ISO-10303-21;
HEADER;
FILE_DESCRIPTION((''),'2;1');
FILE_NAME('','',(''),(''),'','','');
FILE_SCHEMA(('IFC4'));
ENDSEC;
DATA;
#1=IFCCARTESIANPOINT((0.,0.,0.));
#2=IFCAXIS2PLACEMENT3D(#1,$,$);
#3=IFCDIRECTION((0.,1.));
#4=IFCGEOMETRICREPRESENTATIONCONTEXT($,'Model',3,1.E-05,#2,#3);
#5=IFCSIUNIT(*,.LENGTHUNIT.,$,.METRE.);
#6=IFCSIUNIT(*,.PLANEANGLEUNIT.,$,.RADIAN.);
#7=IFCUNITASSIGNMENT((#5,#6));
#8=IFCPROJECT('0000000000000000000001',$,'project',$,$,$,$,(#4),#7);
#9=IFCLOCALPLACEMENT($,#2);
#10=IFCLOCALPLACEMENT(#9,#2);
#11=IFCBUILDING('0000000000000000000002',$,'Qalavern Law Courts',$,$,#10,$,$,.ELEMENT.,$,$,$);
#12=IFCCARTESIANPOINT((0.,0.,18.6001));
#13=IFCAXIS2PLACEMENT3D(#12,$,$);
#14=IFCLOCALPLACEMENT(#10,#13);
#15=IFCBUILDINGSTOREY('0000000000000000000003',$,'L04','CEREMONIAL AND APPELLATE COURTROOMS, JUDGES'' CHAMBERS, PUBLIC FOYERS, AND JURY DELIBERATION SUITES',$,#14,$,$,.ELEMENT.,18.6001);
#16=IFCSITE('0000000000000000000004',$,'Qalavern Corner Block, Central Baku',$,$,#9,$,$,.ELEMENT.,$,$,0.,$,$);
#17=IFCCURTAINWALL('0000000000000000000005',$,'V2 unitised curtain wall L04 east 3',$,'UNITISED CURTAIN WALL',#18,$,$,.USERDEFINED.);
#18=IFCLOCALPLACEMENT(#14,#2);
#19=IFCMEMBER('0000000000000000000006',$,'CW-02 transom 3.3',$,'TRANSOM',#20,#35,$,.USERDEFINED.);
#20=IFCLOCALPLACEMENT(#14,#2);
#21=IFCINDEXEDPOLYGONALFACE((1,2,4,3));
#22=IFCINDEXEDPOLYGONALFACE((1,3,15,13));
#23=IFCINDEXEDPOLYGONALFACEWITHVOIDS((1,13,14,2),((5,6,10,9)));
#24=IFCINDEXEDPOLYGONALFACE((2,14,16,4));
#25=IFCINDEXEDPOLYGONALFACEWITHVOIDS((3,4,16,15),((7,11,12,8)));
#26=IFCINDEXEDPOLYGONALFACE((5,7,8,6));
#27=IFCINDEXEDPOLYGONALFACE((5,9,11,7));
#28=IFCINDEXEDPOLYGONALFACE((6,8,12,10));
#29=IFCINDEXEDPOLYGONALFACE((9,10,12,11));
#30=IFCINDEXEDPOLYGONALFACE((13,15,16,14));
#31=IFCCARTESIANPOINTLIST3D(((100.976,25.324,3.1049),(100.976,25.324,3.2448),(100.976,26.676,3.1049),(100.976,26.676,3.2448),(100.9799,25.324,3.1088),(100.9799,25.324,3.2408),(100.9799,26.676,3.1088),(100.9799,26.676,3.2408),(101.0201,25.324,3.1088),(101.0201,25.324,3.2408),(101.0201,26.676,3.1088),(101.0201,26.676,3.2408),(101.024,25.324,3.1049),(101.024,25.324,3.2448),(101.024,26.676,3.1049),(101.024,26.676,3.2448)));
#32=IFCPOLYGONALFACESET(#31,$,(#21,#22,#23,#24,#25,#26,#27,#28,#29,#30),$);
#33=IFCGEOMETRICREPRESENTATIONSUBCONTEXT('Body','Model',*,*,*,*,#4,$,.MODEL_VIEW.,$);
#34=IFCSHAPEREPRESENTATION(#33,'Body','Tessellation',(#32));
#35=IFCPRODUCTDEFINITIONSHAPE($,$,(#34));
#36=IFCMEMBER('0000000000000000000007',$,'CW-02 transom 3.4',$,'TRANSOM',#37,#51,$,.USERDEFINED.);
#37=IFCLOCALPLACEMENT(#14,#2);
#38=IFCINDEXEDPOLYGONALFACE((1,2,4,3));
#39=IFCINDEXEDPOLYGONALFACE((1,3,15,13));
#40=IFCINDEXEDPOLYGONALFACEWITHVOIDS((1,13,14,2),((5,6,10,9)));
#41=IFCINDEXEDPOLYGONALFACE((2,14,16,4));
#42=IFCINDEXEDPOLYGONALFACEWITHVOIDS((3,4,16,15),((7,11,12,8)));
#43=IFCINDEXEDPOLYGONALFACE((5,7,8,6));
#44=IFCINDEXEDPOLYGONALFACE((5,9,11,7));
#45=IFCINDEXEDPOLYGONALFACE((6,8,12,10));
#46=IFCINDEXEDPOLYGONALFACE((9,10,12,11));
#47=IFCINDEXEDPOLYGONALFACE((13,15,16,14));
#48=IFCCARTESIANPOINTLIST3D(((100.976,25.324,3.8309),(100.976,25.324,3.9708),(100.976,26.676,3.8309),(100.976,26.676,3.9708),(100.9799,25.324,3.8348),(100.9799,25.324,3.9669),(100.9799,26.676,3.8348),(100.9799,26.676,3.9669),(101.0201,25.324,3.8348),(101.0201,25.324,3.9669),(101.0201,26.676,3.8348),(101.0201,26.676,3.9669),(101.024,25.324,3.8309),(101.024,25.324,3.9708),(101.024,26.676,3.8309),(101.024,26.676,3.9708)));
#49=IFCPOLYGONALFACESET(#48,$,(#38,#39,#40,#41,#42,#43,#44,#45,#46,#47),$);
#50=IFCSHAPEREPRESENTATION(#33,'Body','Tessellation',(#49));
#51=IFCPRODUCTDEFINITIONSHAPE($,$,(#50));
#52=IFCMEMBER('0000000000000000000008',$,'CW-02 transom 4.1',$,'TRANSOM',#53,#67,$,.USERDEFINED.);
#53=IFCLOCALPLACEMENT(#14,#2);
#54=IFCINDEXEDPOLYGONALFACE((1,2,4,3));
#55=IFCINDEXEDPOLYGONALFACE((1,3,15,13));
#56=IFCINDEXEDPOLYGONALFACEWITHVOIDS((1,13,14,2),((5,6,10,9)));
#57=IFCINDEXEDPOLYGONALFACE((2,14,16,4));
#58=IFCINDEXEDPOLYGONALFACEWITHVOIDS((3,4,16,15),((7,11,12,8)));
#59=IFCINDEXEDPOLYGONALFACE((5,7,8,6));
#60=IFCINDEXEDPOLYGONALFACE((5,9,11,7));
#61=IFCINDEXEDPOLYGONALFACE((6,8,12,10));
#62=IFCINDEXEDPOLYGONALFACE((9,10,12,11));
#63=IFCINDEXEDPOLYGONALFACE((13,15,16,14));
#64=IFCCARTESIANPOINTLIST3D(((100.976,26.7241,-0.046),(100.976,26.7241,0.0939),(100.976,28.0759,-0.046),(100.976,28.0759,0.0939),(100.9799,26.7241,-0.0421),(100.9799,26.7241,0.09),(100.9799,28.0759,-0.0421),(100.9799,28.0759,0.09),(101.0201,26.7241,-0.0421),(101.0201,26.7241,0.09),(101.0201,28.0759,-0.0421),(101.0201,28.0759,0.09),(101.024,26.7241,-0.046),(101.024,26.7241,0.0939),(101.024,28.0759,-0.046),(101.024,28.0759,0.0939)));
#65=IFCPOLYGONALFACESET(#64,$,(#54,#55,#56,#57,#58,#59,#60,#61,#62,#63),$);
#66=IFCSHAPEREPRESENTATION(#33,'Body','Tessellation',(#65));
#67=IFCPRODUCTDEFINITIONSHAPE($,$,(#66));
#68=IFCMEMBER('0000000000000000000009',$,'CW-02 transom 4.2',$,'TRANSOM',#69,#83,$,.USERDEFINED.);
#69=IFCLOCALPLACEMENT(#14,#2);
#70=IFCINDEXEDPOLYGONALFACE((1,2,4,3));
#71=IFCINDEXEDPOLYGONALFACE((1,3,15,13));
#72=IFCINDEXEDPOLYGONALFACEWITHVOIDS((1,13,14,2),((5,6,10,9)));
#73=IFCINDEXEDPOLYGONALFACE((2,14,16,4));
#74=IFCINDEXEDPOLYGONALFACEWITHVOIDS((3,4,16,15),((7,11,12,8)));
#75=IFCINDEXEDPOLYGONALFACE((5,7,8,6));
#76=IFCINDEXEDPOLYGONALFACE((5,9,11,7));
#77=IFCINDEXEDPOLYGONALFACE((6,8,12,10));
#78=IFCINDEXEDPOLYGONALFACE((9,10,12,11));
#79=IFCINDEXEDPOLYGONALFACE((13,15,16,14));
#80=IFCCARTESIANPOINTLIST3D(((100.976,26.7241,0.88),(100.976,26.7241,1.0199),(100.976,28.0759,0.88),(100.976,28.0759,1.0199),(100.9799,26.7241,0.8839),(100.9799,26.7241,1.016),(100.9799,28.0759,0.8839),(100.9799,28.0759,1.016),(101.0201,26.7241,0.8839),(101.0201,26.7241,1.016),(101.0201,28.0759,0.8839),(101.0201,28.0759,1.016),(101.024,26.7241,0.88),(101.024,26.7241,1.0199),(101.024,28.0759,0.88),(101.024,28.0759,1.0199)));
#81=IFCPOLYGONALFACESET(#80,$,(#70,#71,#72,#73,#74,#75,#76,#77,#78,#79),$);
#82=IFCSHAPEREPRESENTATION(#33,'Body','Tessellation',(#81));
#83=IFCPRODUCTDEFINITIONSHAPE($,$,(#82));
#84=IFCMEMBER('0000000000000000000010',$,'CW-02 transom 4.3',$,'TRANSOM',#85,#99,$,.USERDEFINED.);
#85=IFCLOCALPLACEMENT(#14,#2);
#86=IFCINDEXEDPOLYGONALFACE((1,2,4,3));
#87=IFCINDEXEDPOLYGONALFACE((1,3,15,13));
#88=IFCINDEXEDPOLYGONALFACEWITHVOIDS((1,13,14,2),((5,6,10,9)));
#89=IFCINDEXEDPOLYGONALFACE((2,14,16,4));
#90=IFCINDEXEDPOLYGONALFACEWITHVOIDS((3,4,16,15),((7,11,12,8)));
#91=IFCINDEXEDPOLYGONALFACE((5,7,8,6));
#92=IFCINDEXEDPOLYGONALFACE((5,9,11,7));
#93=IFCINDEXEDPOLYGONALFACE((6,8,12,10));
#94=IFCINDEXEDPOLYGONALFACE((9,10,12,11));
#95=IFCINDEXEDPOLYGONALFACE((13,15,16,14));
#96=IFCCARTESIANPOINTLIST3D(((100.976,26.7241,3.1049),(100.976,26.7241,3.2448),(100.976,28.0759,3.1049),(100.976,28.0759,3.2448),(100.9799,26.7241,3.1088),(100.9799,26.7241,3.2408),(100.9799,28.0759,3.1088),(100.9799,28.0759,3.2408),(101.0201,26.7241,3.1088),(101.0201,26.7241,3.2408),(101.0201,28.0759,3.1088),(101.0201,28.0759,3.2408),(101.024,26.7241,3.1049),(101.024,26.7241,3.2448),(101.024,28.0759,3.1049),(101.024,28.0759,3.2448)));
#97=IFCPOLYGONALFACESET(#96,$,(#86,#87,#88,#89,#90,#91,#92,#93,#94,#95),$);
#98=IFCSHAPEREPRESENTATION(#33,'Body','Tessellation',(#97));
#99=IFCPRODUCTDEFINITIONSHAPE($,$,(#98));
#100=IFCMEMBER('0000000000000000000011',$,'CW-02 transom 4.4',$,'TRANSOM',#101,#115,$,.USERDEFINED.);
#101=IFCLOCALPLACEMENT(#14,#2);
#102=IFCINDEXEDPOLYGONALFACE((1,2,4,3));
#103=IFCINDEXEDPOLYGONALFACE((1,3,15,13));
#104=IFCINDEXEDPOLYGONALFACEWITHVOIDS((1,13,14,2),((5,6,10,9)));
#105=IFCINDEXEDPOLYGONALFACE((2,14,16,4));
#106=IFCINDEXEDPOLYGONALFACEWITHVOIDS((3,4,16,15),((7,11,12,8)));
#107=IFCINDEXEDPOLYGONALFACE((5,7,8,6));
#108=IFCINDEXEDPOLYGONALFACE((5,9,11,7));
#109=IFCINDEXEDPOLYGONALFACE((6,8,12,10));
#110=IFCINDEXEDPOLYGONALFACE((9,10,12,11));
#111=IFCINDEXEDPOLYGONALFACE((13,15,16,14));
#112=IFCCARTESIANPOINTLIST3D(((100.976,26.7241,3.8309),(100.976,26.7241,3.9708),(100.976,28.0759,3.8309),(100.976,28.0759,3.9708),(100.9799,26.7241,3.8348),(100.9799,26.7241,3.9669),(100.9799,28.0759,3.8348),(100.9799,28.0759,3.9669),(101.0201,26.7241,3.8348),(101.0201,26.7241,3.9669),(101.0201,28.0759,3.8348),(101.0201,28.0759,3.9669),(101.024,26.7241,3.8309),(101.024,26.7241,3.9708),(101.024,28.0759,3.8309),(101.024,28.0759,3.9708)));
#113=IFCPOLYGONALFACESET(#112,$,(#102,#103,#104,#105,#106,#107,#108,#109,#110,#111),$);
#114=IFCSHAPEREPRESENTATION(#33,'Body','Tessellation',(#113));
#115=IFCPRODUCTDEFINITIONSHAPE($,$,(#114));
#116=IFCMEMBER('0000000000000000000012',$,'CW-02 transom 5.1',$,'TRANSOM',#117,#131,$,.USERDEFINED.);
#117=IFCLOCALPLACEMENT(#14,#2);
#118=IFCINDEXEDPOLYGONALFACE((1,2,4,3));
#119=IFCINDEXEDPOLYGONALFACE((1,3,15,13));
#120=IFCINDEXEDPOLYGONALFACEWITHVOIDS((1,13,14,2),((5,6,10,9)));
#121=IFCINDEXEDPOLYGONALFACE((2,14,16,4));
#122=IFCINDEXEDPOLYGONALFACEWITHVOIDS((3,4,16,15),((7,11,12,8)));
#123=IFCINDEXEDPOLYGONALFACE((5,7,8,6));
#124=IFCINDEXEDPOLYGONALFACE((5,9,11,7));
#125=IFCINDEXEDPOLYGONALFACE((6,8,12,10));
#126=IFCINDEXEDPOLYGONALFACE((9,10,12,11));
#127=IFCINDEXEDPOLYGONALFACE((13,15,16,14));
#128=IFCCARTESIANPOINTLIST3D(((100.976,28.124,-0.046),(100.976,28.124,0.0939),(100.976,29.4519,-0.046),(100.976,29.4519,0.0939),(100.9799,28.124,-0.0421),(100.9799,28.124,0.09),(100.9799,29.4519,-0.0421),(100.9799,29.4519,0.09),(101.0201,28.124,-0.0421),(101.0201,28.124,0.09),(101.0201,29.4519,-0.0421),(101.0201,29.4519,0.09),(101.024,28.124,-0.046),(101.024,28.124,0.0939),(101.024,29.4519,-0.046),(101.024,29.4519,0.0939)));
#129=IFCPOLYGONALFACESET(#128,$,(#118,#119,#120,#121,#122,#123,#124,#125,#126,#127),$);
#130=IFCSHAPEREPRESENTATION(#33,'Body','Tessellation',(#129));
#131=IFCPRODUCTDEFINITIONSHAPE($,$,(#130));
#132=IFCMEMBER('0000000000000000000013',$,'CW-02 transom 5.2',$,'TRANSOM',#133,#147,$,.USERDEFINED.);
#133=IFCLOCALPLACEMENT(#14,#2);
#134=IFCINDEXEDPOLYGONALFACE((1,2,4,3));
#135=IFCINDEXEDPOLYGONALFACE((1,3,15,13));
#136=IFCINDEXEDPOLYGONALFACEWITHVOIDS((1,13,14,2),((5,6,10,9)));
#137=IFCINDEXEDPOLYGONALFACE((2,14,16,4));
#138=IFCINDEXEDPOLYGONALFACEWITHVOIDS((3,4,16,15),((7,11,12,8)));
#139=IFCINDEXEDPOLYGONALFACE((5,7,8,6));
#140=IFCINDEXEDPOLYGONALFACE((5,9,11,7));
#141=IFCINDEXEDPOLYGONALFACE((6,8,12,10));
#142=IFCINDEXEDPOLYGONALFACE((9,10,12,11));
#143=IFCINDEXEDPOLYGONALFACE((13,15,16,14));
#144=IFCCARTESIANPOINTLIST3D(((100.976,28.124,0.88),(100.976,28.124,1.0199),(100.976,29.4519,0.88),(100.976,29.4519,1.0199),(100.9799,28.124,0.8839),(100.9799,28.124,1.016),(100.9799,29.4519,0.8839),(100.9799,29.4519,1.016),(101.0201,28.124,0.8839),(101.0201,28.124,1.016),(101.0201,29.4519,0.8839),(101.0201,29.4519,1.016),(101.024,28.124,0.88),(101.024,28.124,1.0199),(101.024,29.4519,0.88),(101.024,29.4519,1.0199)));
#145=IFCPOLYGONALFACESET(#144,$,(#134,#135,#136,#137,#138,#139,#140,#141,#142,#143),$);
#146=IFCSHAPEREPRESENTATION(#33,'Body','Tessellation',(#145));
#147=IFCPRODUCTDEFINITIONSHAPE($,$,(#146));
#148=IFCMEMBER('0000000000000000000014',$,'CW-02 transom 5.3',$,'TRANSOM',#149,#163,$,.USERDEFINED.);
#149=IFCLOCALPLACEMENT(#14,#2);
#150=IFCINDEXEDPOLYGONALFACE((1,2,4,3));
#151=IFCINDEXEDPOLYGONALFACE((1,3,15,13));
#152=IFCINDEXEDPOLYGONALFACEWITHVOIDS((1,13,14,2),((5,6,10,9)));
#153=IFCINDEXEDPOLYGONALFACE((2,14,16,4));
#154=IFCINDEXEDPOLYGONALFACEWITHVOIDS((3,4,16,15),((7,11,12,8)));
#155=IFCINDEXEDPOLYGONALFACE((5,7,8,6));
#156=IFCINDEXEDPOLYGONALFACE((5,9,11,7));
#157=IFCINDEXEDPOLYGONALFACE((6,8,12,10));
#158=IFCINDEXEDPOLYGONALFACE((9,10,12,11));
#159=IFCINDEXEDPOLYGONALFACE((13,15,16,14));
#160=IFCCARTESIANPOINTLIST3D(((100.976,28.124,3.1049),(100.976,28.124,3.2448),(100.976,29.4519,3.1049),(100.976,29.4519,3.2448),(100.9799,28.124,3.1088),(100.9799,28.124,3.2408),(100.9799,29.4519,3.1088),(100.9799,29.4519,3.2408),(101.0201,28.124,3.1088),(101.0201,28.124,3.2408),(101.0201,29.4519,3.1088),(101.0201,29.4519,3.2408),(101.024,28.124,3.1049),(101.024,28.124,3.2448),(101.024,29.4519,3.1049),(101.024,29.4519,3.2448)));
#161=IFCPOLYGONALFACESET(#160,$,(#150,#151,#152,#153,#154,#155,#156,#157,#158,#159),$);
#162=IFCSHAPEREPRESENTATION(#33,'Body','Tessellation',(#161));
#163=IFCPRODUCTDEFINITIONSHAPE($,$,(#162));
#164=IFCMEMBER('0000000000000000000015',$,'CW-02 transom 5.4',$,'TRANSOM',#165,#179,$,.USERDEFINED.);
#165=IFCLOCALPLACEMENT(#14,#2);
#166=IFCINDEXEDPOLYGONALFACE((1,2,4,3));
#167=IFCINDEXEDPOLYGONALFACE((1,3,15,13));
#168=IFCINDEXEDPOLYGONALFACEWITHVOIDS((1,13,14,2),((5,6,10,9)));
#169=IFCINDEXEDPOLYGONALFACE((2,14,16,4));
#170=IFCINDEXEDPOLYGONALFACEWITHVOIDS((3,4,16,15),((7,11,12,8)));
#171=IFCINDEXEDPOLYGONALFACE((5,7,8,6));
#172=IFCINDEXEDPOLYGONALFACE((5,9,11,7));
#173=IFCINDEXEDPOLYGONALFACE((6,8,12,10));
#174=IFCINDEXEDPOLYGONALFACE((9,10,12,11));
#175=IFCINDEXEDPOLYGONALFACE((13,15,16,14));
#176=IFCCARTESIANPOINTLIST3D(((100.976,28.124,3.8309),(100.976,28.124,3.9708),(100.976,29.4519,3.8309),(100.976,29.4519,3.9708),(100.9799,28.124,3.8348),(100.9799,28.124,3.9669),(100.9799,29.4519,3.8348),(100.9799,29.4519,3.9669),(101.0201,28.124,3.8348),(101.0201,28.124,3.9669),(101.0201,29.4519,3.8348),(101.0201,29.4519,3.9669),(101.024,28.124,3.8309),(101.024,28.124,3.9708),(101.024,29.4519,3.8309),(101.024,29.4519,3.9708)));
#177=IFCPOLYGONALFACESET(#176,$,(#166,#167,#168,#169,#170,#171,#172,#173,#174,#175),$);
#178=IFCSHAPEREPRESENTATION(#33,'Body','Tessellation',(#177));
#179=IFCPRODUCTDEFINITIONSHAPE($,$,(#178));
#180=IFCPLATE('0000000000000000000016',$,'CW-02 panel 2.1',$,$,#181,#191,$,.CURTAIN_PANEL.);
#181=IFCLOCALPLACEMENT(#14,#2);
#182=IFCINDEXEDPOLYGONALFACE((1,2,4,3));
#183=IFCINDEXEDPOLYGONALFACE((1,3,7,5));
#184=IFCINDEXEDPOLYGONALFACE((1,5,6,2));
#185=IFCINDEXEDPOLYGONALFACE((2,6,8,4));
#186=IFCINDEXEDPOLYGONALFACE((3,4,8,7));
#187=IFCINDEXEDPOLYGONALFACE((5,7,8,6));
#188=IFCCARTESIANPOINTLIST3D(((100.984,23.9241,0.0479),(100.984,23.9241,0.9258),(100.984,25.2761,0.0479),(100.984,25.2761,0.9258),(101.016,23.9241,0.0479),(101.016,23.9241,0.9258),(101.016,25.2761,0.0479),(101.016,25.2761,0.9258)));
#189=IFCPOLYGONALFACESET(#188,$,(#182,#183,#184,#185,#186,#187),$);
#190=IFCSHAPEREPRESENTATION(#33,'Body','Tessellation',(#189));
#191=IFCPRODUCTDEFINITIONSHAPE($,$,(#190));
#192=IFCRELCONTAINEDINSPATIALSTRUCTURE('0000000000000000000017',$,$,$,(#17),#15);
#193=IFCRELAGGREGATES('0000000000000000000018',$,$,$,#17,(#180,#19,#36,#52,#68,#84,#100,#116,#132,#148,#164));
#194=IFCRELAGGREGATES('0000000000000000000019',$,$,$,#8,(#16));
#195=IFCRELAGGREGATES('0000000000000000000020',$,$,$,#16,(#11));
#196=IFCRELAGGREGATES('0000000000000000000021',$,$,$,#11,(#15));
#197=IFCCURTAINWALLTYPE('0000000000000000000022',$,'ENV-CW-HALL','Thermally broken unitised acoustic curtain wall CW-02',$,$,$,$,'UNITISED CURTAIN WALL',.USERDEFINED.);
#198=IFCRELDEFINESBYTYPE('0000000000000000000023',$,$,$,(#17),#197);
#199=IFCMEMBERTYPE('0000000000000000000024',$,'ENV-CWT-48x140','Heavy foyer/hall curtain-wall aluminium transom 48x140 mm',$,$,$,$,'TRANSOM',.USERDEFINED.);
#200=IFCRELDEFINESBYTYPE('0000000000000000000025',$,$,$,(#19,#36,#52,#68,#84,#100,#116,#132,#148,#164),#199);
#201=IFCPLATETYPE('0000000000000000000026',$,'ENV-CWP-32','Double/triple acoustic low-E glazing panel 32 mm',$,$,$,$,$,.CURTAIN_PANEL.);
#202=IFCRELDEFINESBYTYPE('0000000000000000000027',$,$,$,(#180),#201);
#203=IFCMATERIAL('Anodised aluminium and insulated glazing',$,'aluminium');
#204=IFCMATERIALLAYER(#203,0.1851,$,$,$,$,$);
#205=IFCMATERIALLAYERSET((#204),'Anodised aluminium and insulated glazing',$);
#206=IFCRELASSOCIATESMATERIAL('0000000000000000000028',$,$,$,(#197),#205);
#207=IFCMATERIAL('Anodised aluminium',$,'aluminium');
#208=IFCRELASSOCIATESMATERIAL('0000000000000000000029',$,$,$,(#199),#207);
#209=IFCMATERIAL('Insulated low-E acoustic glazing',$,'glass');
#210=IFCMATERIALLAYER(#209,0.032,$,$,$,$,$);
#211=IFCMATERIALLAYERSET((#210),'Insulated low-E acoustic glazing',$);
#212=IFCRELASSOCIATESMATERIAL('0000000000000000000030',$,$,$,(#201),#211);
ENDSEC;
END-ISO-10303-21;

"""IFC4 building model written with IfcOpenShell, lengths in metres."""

from ifc_helpers import new_model, si_unit, direction, frame, origin, origin_2d, place, context, subcontext, project, spatial, rectangle, hollow_rectangle, extrude, material, layer, layer_set, material_profile, profile_set, type_object, element, aggregate, save


model = new_model("IFC4")

# Units and contexts
model_context = context("Model", 3, precision=1e-05, world=origin(), true_north=direction((0.0, 1.0)))
body_context = subcontext(model_context, "Body", "Model", "MODEL_VIEW")
ifc_project = project(units=[si_unit("LENGTHUNIT", "METRE"), si_unit("PLANEANGLEUNIT", "RADIAN")], contexts=[model_context])

# Site, building, storey
site_placement = place(None, origin())
site = spatial("IfcSite", under=ifc_project, at=site_placement, Name="Qalavern Corner Block, Central Baku", CompositionType="ELEMENT", RefElevation=0.0)
building_placement = place(site_placement, origin())
building = spatial("IfcBuilding", under=site, at=building_placement, Name="Qalavern Law Courts", CompositionType="ELEMENT")
storey_placement = place(building_placement, frame((0.0, 0.0, 18.6001)))
storey = spatial("IfcBuildingStorey", under=building, at=storey_placement, Name="L04", Description="CEREMONIAL AND APPELLATE COURTROOMS, JUDGES' CHAMBERS, PUBLIC FOYERS, AND JURY DELIBERATION SUITES", CompositionType="ELEMENT", Elevation=18.6001)

# Curtain wall, members, plate
ifc_material_1 = material(Name="Anodised aluminium and insulated glazing", Category="aluminium")
ifc_layer_1 = layer(ifc_material_1, 0.1851)
ifc_layer_set_1 = layer_set([ifc_layer_1], Name="Anodised aluminium and insulated glazing")
curtain_wall_type = type_object("IfcCurtainWallType", Name="ENV-CW-HALL", Description="Thermally broken unitised acoustic curtain wall CW-02", ElementType="UNITISED CURTAIN WALL", PredefinedType="USERDEFINED", material=ifc_layer_set_1)
curtain_wall_placement = place(storey_placement, origin())
curtain_wall = element("IfcCurtainWall", 1, at=curtain_wall_placement, inside=storey, type_object=curtain_wall_type, Name="V2 unitised curtain wall L04 east 3", ObjectType="UNITISED CURTAIN WALL", PredefinedType="USERDEFINED")
ifc_material_2 = material(Name="Anodised aluminium", Category="aluminium")
ifc_material_profile_1 = material_profile(ifc_material_2, hollow_rectangle(XDim=0.0481, YDim=0.1399, WallThickness=0.0039, at=origin_2d()), Name="ALU TRANSOM 48x140")
ifc_profile_set_1 = profile_set([ifc_material_profile_1], Name="Anodised aluminium")
member_type_1 = type_object("IfcMemberType", Name="ENV-CWT-48x140", Description="Heavy foyer/hall curtain-wall aluminium transom 48x140 mm", ElementType="TRANSOM", PredefinedType="USERDEFINED", material=ifc_profile_set_1)
member_1_placement = place(storey_placement, frame((101.0, 25.324, 3.1748), z_axis=(0.0, 1.0, 0.0), x_axis=(-1.0, 0.0, 0.0)))
member_1 = element("IfcMember", 2, at=member_1_placement, type_object=member_type_1, Name="CW-02 transom 3.3", ObjectType="TRANSOM", PredefinedType="USERDEFINED", context=body_context, shape_type="SweptSolid", body=[
    extrude(hollow_rectangle(XDim=0.0481, YDim=0.1399, WallThickness=0.0039, at=origin_2d()), origin(), (0.0, 0.0, 1.0), 1.3521),
])
member_2_placement = place(storey_placement, frame((101.0, 25.324, 3.9009), z_axis=(0.0, 1.0, 0.0), x_axis=(-1.0, 0.0, 0.0)))
member_2 = element("IfcMember", 3, at=member_2_placement, type_object=member_type_1, Name="CW-02 transom 3.4", ObjectType="TRANSOM", PredefinedType="USERDEFINED", context=body_context, shape_type="SweptSolid", body=[
    extrude(hollow_rectangle(XDim=0.0481, YDim=0.1399, WallThickness=0.0039, at=origin_2d()), origin(), (0.0, 0.0, 1.0), 1.3521),
])
member_3_placement = place(storey_placement, frame((101.0, 26.7241, 0.0239), z_axis=(0.0, 1.0, 0.0), x_axis=(-1.0, 0.0, 0.0)))
member_3 = element("IfcMember", 4, at=member_3_placement, type_object=member_type_1, Name="CW-02 transom 4.1", ObjectType="TRANSOM", PredefinedType="USERDEFINED", context=body_context, shape_type="SweptSolid", body=[
    extrude(hollow_rectangle(XDim=0.0481, YDim=0.1399, WallThickness=0.0039, at=origin_2d()), origin(), (0.0, 0.0, 1.0), 1.3518),
])
member_4_placement = place(storey_placement, frame((101.0, 26.7241, 0.95), z_axis=(0.0, 1.0, 0.0), x_axis=(-1.0, 0.0, 0.0)))
member_4 = element("IfcMember", 5, at=member_4_placement, type_object=member_type_1, Name="CW-02 transom 4.2", ObjectType="TRANSOM", PredefinedType="USERDEFINED", context=body_context, shape_type="SweptSolid", body=[
    extrude(hollow_rectangle(XDim=0.0481, YDim=0.1399, WallThickness=0.0039, at=origin_2d()), origin(), (0.0, 0.0, 1.0), 1.3518),
])
member_5_placement = place(storey_placement, frame((101.0, 26.7241, 3.1748), z_axis=(0.0, 1.0, 0.0), x_axis=(-1.0, 0.0, 0.0)))
member_5 = element("IfcMember", 6, at=member_5_placement, type_object=member_type_1, Name="CW-02 transom 4.3", ObjectType="TRANSOM", PredefinedType="USERDEFINED", context=body_context, shape_type="SweptSolid", body=[
    extrude(hollow_rectangle(XDim=0.0481, YDim=0.1399, WallThickness=0.0039, at=origin_2d()), origin(), (0.0, 0.0, 1.0), 1.3518),
])
member_6_placement = place(storey_placement, frame((101.0, 26.7241, 3.9009), z_axis=(0.0, 1.0, 0.0), x_axis=(-1.0, 0.0, 0.0)))
member_6 = element("IfcMember", 7, at=member_6_placement, type_object=member_type_1, Name="CW-02 transom 4.4", ObjectType="TRANSOM", PredefinedType="USERDEFINED", context=body_context, shape_type="SweptSolid", body=[
    extrude(hollow_rectangle(XDim=0.0481, YDim=0.1399, WallThickness=0.0039, at=origin_2d()), origin(), (0.0, 0.0, 1.0), 1.3518),
])
member_7_placement = place(storey_placement, frame((101.0, 28.124, 0.0239), z_axis=(0.0, 1.0, 0.0), x_axis=(-1.0, 0.0, 0.0)))
member_7 = element("IfcMember", 8, at=member_7_placement, type_object=member_type_1, Name="CW-02 transom 5.1", ObjectType="TRANSOM", PredefinedType="USERDEFINED", context=body_context, shape_type="SweptSolid", body=[
    extrude(hollow_rectangle(XDim=0.0481, YDim=0.1399, WallThickness=0.0039, at=origin_2d()), origin(), (0.0, 0.0, 1.0), 1.3279),
])
member_8_placement = place(storey_placement, frame((101.0, 28.124, 0.95), z_axis=(0.0, 1.0, 0.0), x_axis=(-1.0, 0.0, 0.0)))
member_8 = element("IfcMember", 9, at=member_8_placement, type_object=member_type_1, Name="CW-02 transom 5.2", ObjectType="TRANSOM", PredefinedType="USERDEFINED", context=body_context, shape_type="SweptSolid", body=[
    extrude(hollow_rectangle(XDim=0.0481, YDim=0.1399, WallThickness=0.0039, at=origin_2d()), origin(), (0.0, 0.0, 1.0), 1.3279),
])
member_9_placement = place(storey_placement, frame((101.0, 28.124, 3.1748), z_axis=(0.0, 1.0, 0.0), x_axis=(-1.0, 0.0, 0.0)))
member_9 = element("IfcMember", 10, at=member_9_placement, type_object=member_type_1, Name="CW-02 transom 5.3", ObjectType="TRANSOM", PredefinedType="USERDEFINED", context=body_context, shape_type="SweptSolid", body=[
    extrude(hollow_rectangle(XDim=0.0481, YDim=0.1399, WallThickness=0.0039, at=origin_2d()), origin(), (0.0, 0.0, 1.0), 1.3279),
])
member_10_placement = place(storey_placement, frame((101.0, 28.124, 3.9009), z_axis=(0.0, 1.0, 0.0), x_axis=(-1.0, 0.0, 0.0)))
member_10 = element("IfcMember", 11, at=member_10_placement, type_object=member_type_1, Name="CW-02 transom 5.4", ObjectType="TRANSOM", PredefinedType="USERDEFINED", context=body_context, shape_type="SweptSolid", body=[
    extrude(hollow_rectangle(XDim=0.0481, YDim=0.1399, WallThickness=0.0039, at=origin_2d()), origin(), (0.0, 0.0, 1.0), 1.3279),
])
ifc_material_3 = material(Name="Insulated low-E acoustic glazing", Category="glass")
ifc_layer_2 = layer(ifc_material_3, 0.032)
ifc_layer_set_2 = layer_set([ifc_layer_2], Name="Insulated low-E acoustic glazing")
plate_type = type_object("IfcPlateType", Name="ENV-CWP-32", Description="Double/triple acoustic low-E glazing panel 32 mm", PredefinedType="CURTAIN_PANEL", material=ifc_layer_set_2)
plate_1_placement = place(storey_placement, frame((101.0, 24.6001, 0.0479), z_axis=(0.0, 0.0, 1.0), x_axis=(0.0, 1.0, 0.0)))
plate_1 = element("IfcPlate", 12, at=plate_1_placement, type_object=plate_type, Name="CW-02 panel 2.1", PredefinedType="CURTAIN_PANEL", context=body_context, shape_type="SweptSolid", body=[
    extrude(rectangle(XDim=1.3521, YDim=0.032, at=origin_2d()), origin(), (0.0, 0.0, 1.0), 0.8779),
])
aggregate(curtain_wall, [plate_1, member_1, member_2, member_3, member_4, member_5, member_6, member_7, member_8, member_9, member_10])

save(model, "model.ifc")
